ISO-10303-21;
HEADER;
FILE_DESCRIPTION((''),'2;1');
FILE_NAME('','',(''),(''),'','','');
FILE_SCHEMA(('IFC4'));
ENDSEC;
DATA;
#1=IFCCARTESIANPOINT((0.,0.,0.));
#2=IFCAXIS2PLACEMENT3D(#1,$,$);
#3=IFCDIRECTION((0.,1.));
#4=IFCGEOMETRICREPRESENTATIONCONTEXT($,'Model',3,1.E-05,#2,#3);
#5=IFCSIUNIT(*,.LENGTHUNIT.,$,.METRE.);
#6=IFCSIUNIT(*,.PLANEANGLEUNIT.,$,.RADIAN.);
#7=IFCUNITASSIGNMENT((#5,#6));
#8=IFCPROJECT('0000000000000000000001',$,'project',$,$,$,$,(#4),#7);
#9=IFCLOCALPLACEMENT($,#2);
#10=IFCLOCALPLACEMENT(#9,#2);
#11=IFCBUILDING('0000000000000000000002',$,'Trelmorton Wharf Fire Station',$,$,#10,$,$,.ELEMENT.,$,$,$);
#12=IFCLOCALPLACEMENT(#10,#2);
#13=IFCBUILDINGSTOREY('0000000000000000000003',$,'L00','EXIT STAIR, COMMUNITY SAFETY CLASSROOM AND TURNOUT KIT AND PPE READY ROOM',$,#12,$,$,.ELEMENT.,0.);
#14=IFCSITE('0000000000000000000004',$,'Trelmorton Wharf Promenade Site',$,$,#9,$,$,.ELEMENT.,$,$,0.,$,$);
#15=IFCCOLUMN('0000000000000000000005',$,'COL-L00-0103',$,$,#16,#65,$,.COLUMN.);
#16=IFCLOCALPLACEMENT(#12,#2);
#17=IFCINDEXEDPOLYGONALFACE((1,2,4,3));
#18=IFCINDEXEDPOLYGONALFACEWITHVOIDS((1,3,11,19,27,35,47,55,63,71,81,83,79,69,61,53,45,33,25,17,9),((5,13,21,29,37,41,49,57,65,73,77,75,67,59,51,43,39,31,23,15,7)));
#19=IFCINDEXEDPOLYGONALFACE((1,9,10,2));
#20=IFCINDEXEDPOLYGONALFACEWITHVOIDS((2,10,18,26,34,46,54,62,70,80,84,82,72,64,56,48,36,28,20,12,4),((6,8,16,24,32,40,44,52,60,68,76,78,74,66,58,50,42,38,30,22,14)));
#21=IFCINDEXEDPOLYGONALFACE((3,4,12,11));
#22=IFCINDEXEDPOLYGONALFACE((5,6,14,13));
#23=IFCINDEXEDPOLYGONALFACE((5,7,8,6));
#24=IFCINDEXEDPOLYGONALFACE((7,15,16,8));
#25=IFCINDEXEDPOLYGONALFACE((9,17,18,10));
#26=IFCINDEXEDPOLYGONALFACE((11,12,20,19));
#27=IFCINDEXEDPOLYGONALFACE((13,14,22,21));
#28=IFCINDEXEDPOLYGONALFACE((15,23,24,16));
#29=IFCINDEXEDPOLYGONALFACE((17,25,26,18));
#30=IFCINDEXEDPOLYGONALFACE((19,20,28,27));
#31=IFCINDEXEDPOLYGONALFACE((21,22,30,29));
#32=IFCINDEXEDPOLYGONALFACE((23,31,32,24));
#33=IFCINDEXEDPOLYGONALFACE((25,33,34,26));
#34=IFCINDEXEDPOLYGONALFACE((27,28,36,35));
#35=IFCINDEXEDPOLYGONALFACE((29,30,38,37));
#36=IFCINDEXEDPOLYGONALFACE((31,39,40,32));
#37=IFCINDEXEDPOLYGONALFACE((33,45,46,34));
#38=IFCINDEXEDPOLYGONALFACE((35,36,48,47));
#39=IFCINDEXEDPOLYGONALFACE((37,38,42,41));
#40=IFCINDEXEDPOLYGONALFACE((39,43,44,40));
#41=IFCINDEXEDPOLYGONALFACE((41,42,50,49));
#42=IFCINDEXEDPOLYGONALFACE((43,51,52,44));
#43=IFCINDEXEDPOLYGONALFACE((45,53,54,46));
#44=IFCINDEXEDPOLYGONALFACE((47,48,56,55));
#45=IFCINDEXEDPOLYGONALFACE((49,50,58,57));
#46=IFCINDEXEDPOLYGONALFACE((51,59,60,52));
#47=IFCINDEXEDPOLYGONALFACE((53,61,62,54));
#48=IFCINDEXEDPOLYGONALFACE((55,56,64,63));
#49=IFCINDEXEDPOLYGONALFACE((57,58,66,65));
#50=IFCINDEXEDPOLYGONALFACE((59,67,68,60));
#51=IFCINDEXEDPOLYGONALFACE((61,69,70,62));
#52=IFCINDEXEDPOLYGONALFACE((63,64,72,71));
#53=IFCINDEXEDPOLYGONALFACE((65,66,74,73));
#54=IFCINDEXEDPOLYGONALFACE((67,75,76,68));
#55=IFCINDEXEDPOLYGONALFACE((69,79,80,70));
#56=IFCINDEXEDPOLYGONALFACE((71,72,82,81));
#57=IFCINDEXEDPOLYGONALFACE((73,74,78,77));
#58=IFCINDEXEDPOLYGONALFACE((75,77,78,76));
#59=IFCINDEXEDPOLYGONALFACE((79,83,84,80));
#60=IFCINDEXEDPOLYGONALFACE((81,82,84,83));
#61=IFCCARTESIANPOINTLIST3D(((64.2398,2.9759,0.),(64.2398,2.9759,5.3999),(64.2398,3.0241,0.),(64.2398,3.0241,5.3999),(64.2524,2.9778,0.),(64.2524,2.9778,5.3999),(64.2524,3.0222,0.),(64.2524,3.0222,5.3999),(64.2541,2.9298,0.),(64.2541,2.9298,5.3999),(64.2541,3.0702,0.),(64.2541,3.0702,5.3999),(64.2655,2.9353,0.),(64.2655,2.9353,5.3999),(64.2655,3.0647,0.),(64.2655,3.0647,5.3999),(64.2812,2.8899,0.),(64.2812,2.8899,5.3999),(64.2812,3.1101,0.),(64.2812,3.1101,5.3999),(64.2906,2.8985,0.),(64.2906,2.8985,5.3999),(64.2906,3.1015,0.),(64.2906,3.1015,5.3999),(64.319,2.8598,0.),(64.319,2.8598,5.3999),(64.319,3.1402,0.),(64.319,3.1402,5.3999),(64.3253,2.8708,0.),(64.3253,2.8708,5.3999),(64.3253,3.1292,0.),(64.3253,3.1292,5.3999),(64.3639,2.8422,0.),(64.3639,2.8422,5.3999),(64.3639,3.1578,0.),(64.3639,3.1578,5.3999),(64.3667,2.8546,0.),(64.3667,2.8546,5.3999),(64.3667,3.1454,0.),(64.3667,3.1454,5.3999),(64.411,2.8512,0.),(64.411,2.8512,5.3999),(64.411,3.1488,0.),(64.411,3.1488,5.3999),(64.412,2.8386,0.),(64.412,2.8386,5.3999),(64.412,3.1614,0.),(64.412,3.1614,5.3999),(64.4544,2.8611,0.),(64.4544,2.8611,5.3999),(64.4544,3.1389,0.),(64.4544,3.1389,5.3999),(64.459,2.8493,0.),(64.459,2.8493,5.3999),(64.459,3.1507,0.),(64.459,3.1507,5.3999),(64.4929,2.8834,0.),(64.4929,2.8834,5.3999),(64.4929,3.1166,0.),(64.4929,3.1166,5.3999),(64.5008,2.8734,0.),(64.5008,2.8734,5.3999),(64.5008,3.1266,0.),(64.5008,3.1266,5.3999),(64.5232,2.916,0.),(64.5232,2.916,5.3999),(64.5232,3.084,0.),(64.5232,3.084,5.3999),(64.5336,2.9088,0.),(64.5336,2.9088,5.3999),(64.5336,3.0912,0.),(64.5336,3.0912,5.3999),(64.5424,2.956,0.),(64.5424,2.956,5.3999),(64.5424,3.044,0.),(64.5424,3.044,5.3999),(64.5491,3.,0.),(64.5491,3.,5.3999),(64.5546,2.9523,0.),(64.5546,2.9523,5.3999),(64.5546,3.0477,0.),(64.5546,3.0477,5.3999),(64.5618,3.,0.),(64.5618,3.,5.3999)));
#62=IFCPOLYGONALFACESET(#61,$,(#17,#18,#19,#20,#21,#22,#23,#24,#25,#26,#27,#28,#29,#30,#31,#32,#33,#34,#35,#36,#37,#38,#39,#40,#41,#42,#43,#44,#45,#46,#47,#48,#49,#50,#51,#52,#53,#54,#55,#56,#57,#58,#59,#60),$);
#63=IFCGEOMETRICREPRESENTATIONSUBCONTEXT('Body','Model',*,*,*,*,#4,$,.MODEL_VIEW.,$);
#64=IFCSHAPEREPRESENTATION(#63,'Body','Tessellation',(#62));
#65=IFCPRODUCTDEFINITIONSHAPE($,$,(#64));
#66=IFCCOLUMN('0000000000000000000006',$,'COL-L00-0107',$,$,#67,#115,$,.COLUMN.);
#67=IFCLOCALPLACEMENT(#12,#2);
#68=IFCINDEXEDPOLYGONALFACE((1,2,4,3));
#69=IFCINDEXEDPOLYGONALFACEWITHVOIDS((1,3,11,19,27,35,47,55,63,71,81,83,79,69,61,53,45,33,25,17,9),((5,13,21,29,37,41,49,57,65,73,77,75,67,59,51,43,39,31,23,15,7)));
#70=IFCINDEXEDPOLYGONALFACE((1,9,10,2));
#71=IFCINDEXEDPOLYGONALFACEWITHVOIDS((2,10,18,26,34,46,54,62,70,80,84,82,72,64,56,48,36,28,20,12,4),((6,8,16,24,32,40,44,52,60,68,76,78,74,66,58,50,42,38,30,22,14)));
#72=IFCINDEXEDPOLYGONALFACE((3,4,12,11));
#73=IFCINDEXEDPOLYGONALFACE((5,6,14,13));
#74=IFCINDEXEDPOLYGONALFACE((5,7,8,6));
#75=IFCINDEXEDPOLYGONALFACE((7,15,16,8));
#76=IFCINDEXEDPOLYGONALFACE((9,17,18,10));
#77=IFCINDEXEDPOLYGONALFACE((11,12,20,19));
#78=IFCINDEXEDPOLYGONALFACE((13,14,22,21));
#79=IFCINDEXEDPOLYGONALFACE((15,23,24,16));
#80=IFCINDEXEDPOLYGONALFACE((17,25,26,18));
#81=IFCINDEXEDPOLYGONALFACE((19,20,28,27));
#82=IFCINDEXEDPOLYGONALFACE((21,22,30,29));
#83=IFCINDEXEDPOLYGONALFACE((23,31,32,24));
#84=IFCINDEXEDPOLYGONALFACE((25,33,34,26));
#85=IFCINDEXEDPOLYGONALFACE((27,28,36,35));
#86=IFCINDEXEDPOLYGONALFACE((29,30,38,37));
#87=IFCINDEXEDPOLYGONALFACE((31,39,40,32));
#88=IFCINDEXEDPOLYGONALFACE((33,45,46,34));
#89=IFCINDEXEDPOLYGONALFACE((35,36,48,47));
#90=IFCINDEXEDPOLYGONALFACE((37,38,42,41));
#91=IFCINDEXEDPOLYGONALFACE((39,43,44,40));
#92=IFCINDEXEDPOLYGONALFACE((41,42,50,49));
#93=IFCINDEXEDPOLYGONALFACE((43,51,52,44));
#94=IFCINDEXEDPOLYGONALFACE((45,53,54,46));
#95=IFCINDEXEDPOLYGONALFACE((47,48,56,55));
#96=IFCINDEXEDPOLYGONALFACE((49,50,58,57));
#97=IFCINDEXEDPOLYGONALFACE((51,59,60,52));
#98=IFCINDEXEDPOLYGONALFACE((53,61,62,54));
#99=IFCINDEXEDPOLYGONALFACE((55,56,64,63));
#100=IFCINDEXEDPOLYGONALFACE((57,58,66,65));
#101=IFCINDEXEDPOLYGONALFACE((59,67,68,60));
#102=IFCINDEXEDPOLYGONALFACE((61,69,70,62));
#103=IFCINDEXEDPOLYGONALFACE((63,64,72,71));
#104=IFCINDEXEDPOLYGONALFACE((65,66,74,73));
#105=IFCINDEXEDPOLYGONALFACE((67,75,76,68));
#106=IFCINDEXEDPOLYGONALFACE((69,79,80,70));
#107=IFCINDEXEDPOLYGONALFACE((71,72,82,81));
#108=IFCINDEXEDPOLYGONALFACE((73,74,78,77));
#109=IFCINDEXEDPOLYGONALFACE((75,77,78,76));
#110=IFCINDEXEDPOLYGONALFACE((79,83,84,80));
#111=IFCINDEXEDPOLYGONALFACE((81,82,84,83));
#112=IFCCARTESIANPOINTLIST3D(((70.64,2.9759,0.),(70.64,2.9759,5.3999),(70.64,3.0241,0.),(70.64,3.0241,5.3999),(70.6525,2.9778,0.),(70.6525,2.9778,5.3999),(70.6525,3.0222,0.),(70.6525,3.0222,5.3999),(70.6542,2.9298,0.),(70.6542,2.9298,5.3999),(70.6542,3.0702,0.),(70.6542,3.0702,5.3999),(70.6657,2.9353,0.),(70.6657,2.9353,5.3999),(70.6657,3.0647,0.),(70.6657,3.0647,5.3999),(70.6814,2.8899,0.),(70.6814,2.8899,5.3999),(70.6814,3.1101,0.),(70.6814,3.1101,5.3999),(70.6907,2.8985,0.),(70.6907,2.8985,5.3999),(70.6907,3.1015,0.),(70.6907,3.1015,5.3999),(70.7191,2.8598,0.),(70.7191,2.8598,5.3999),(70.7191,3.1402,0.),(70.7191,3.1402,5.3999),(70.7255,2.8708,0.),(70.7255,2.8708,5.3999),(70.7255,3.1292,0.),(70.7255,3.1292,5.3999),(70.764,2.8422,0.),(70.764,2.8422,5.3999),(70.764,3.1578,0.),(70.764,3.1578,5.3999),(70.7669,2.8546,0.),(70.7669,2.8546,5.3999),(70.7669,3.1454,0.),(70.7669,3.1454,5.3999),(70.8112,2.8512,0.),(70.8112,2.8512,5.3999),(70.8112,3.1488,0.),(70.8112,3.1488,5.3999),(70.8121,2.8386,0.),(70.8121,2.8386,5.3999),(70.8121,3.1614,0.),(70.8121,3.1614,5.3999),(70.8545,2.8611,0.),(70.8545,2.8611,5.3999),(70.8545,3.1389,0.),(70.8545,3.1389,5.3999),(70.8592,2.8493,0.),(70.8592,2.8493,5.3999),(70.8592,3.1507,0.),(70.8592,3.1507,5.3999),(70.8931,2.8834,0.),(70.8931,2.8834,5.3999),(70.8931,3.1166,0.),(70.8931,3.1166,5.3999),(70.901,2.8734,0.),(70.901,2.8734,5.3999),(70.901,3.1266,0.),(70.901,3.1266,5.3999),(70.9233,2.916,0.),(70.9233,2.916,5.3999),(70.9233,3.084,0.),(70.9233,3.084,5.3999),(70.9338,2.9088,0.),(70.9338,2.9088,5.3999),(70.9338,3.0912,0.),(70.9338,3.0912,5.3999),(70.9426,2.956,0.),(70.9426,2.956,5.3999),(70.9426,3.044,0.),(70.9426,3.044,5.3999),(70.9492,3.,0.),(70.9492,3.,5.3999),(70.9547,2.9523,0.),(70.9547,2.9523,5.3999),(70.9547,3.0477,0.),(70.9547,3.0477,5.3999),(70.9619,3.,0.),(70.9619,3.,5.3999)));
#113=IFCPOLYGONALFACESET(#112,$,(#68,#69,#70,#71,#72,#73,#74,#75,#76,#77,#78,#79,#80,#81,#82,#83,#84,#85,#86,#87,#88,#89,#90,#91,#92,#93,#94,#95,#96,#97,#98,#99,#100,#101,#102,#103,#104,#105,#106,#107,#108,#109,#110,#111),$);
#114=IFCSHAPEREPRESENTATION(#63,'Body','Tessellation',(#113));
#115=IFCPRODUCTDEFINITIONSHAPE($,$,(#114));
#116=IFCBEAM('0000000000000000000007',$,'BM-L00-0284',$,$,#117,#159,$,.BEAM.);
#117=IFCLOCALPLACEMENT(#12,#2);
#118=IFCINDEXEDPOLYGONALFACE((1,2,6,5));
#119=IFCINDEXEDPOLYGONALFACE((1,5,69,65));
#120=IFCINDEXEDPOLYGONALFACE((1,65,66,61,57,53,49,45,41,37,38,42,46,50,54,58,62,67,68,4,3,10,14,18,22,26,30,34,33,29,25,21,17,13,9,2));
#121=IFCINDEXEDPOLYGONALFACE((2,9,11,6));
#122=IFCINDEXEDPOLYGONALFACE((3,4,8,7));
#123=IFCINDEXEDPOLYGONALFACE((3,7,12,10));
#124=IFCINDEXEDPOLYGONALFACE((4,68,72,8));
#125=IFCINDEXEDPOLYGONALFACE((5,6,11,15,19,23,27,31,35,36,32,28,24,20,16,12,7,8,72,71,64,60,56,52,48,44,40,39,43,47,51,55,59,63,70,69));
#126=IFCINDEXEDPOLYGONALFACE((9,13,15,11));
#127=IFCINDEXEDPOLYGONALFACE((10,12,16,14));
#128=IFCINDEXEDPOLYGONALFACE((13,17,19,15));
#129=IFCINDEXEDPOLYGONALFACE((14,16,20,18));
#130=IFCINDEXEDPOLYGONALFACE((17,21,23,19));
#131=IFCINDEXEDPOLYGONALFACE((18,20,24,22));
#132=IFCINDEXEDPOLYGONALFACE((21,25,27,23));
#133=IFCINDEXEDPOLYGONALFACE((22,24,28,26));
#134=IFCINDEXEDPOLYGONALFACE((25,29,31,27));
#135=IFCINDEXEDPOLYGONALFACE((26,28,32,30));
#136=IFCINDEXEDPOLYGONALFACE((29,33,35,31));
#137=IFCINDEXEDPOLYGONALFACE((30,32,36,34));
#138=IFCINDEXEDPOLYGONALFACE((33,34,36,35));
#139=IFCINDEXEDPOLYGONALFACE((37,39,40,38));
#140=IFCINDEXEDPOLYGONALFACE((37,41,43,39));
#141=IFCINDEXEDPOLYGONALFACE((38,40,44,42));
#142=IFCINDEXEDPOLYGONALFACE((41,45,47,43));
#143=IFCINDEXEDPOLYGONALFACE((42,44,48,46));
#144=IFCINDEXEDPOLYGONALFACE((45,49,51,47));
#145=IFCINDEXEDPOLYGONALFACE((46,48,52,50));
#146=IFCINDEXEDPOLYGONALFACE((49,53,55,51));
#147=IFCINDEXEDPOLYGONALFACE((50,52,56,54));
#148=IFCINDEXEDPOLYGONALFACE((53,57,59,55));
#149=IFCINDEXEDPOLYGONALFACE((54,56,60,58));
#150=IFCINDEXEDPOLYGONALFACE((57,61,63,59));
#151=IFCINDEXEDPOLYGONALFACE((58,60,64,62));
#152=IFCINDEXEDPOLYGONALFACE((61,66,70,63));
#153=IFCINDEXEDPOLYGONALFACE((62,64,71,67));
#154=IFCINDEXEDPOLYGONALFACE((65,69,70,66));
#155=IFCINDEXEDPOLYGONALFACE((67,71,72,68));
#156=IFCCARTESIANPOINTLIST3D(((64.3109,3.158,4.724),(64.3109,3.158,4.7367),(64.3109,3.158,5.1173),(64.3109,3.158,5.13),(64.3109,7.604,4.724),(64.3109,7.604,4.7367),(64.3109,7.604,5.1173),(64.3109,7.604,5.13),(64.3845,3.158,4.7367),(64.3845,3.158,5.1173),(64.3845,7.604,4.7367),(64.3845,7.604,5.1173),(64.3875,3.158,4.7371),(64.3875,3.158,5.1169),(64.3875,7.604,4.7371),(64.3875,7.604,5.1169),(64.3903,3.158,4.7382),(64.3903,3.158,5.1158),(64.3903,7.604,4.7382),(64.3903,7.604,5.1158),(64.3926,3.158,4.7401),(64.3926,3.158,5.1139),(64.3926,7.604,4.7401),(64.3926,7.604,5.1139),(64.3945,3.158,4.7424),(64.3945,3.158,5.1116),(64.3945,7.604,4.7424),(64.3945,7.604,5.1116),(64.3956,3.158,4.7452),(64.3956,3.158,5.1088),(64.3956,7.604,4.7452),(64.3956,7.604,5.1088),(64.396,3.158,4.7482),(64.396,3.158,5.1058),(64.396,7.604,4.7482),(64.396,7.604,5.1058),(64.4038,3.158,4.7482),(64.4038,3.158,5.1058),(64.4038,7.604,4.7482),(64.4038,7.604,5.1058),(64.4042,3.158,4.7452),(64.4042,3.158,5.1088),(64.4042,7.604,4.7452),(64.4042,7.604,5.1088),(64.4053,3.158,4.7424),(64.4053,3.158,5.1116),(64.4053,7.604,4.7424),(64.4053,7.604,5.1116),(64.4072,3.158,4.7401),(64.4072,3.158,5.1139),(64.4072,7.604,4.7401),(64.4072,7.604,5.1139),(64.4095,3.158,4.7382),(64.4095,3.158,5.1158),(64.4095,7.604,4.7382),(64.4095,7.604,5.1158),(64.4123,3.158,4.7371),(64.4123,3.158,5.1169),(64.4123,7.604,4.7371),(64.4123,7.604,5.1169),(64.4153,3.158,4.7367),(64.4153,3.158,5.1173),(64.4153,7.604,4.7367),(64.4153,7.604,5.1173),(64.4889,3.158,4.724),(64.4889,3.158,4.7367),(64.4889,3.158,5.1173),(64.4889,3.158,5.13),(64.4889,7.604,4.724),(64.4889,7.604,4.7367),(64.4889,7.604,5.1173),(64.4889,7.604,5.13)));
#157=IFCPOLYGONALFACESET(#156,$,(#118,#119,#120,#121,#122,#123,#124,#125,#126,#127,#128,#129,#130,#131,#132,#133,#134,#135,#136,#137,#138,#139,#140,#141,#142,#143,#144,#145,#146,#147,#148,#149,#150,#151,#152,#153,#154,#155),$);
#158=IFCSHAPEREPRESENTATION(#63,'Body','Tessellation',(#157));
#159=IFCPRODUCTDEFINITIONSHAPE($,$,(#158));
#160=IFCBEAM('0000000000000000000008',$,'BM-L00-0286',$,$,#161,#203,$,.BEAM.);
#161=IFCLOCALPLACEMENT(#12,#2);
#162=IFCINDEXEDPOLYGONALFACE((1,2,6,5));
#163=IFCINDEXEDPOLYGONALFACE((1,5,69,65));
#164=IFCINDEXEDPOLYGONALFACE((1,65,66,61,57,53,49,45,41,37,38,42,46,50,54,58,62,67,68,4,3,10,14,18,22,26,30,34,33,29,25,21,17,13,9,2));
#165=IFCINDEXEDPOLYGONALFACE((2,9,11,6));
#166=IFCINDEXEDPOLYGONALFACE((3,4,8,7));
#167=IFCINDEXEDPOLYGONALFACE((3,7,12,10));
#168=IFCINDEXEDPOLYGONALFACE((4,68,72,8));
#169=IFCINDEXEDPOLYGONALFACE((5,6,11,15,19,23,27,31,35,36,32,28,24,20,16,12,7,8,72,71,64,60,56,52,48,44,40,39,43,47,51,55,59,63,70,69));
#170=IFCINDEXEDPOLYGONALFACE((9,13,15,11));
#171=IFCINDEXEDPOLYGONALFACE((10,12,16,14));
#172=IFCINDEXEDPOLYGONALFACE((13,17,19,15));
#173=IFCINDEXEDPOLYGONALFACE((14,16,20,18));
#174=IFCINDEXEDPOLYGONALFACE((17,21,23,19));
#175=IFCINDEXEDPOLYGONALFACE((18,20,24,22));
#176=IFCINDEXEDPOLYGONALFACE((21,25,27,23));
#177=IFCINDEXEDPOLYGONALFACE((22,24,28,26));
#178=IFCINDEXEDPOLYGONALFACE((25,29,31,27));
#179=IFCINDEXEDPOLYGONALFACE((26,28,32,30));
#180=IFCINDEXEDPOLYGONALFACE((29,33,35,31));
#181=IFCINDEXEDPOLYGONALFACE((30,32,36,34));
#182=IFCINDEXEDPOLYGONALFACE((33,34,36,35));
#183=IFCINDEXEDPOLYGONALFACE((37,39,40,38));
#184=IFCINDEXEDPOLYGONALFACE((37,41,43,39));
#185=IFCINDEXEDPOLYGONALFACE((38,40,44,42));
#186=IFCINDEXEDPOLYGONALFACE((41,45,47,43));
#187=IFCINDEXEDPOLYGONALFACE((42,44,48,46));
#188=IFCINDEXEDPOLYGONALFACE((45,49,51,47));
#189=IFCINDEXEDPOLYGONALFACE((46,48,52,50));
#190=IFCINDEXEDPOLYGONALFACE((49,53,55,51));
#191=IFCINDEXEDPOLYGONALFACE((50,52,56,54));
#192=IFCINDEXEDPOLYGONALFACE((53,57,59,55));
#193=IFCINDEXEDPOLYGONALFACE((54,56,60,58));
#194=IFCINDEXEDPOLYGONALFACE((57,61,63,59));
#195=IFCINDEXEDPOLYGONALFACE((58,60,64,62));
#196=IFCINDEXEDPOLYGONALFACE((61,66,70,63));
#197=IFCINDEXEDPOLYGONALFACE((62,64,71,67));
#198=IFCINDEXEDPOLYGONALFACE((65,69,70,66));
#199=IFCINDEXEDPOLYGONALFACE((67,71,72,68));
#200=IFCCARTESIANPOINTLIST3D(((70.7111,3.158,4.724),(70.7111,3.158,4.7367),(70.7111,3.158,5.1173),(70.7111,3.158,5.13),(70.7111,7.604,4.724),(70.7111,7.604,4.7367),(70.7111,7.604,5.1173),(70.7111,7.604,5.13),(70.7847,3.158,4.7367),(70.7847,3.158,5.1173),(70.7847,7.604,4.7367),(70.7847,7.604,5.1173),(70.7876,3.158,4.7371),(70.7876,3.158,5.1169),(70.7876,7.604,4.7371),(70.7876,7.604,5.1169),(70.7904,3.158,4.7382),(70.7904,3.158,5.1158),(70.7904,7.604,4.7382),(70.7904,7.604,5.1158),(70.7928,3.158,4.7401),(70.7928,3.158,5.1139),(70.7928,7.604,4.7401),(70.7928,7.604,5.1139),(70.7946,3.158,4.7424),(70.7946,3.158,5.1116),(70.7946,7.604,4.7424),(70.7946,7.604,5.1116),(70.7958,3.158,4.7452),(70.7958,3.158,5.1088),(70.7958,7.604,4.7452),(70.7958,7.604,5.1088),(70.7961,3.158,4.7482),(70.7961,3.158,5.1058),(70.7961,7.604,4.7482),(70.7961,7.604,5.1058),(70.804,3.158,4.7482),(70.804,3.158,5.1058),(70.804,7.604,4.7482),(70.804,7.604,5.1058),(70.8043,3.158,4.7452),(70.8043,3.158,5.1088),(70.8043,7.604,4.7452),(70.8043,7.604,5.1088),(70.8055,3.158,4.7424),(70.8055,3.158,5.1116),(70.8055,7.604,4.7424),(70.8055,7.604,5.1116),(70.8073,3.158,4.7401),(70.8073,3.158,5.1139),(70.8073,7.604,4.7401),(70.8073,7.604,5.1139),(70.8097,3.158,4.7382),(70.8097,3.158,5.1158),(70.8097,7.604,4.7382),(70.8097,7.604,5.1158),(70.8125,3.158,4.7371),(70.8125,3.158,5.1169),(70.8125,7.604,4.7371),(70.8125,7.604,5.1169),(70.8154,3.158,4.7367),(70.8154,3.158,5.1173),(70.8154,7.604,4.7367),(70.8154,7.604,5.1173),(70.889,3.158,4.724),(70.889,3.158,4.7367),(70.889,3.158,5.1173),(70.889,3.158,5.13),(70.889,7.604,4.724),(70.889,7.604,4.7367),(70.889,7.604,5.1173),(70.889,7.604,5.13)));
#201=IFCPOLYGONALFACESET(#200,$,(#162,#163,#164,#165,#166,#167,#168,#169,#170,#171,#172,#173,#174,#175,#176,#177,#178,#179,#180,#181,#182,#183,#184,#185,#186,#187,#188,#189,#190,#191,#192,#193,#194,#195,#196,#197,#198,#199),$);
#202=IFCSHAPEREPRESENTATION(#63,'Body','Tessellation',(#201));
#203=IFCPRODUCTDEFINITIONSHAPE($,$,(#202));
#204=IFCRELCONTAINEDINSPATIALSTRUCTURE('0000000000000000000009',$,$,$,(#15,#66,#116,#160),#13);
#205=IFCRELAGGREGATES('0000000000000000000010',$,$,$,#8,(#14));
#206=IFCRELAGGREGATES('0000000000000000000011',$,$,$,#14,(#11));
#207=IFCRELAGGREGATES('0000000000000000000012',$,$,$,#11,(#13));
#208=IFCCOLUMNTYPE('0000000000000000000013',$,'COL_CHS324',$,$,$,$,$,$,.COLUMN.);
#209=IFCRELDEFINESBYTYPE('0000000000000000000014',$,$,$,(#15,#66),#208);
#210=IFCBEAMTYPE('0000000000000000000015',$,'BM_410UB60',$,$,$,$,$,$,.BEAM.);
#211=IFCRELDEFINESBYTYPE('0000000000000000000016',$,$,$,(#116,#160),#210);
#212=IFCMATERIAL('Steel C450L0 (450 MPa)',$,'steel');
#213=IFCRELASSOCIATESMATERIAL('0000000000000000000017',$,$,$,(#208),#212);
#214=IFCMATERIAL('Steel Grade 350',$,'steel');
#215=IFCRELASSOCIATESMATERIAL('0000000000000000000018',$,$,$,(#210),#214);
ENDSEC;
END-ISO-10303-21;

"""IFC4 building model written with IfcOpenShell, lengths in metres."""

from ifc_helpers import new_model, si_unit, direction, frame, origin, origin_2d, place, context, subcontext, project, spatial, hollow_circle, i_section, extrude, material, material_profile, profile_set, type_object, element, save


model = new_model("IFC4")

# Units and contexts
model_context = context("Model", 3, precision=1e-05, world=origin(), true_north=direction((0.0, 1.0)))
body_context = subcontext(model_context, "Body", "Model", "MODEL_VIEW")
ifc_project = project(units=[si_unit("LENGTHUNIT", "METRE"), si_unit("PLANEANGLEUNIT", "RADIAN")], contexts=[model_context])

# Site, building, storey
site_placement = place(None, origin())
site = spatial("IfcSite", under=ifc_project, at=site_placement, Name="Trelmorton Wharf Promenade Site", CompositionType="ELEMENT", RefElevation=0.0)
building_placement = place(site_placement, origin())
building = spatial("IfcBuilding", under=site, at=building_placement, Name="Trelmorton Wharf Fire Station", CompositionType="ELEMENT")
storey_placement = place(building_placement, origin())
storey = spatial("IfcBuildingStorey", under=building, at=storey_placement, Name="L00", Description="EXIT STAIR, COMMUNITY SAFETY CLASSROOM AND TURNOUT KIT AND PPE READY ROOM", CompositionType="ELEMENT", Elevation=0.0)

# Columns
ifc_material_1 = material(Name="Steel Grade 350", Category="steel")
ifc_material_2 = material(Name="Steel C450L0 (450 MPa)", Category="steel")
ifc_material_profile_1 = material_profile(ifc_material_2, hollow_circle(Radius=0.1619, WallThickness=0.0127, at=origin_2d()), Name="323.9x12.7CHS")
ifc_profile_set_1 = profile_set([ifc_material_profile_1], Name="Steel C450L0 (450 MPa)")
column_type_1 = type_object("IfcColumnType", Name="COL_CHS324", PredefinedType="COLUMN", material=ifc_profile_set_1)
for number, where, z_axis, x_axis, name in (
    (1, (64.3999, 3.0, 0.0), (0.0, 0.0, 1.0), (1.0, 0.0, 0.0), "COL-L00-0103"),
    (2, (70.8, 3.0, 0.0), (0.0, 0.0, 1.0), (1.0, 0.0, 0.0), "COL-L00-0107"),
):
    element("IfcColumn", number, at=place(storey_placement, frame(where, z_axis=z_axis, x_axis=x_axis)), inside=storey, type_object=column_type_1, Name=name, PredefinedType="COLUMN", context=body_context, shape_type="SweptSolid", body=[
        extrude(hollow_circle(Radius=0.1619, WallThickness=0.0127, at=origin_2d()), origin(), (0.0, 0.0, 1.0), 5.3999),
    ])

# Beams
ifc_material_profile_2 = material_profile(ifc_material_1, i_section(OverallWidth=0.178, OverallDepth=0.406, WebThickness=0.0078, FlangeThickness=0.0127, FilletRadius=0.0115, at=origin_2d()), Name="410UB59.7")
ifc_profile_set_2 = profile_set([ifc_material_profile_2], Name="Steel Grade 350")
beam_type_1 = type_object("IfcBeamType", Name="BM_410UB60", PredefinedType="BEAM", material=ifc_profile_set_2)
for number, where, z_axis, x_axis, name in (
    (3, (64.3999, 3.158, 4.927), (0.0, 1.0, 0.0), (-1.0, 0.0, 0.0), "BM-L00-0284"),
    (4, (70.8, 3.158, 4.927), (0.0, 1.0, 0.0), (-1.0, 0.0, 0.0), "BM-L00-0286"),
):
    element("IfcBeam", number, at=place(storey_placement, frame(where, z_axis=z_axis, x_axis=x_axis)), inside=storey, type_object=beam_type_1, Name=name, PredefinedType="BEAM", context=body_context, shape_type="SweptSolid", body=[
        extrude(i_section(OverallWidth=0.178, OverallDepth=0.406, WebThickness=0.0078, FlangeThickness=0.0127, FilletRadius=0.0115, at=origin_2d()), origin(), (0.0, 0.0, 1.0), 4.446),
    ])

save(model, "model.ifc")
